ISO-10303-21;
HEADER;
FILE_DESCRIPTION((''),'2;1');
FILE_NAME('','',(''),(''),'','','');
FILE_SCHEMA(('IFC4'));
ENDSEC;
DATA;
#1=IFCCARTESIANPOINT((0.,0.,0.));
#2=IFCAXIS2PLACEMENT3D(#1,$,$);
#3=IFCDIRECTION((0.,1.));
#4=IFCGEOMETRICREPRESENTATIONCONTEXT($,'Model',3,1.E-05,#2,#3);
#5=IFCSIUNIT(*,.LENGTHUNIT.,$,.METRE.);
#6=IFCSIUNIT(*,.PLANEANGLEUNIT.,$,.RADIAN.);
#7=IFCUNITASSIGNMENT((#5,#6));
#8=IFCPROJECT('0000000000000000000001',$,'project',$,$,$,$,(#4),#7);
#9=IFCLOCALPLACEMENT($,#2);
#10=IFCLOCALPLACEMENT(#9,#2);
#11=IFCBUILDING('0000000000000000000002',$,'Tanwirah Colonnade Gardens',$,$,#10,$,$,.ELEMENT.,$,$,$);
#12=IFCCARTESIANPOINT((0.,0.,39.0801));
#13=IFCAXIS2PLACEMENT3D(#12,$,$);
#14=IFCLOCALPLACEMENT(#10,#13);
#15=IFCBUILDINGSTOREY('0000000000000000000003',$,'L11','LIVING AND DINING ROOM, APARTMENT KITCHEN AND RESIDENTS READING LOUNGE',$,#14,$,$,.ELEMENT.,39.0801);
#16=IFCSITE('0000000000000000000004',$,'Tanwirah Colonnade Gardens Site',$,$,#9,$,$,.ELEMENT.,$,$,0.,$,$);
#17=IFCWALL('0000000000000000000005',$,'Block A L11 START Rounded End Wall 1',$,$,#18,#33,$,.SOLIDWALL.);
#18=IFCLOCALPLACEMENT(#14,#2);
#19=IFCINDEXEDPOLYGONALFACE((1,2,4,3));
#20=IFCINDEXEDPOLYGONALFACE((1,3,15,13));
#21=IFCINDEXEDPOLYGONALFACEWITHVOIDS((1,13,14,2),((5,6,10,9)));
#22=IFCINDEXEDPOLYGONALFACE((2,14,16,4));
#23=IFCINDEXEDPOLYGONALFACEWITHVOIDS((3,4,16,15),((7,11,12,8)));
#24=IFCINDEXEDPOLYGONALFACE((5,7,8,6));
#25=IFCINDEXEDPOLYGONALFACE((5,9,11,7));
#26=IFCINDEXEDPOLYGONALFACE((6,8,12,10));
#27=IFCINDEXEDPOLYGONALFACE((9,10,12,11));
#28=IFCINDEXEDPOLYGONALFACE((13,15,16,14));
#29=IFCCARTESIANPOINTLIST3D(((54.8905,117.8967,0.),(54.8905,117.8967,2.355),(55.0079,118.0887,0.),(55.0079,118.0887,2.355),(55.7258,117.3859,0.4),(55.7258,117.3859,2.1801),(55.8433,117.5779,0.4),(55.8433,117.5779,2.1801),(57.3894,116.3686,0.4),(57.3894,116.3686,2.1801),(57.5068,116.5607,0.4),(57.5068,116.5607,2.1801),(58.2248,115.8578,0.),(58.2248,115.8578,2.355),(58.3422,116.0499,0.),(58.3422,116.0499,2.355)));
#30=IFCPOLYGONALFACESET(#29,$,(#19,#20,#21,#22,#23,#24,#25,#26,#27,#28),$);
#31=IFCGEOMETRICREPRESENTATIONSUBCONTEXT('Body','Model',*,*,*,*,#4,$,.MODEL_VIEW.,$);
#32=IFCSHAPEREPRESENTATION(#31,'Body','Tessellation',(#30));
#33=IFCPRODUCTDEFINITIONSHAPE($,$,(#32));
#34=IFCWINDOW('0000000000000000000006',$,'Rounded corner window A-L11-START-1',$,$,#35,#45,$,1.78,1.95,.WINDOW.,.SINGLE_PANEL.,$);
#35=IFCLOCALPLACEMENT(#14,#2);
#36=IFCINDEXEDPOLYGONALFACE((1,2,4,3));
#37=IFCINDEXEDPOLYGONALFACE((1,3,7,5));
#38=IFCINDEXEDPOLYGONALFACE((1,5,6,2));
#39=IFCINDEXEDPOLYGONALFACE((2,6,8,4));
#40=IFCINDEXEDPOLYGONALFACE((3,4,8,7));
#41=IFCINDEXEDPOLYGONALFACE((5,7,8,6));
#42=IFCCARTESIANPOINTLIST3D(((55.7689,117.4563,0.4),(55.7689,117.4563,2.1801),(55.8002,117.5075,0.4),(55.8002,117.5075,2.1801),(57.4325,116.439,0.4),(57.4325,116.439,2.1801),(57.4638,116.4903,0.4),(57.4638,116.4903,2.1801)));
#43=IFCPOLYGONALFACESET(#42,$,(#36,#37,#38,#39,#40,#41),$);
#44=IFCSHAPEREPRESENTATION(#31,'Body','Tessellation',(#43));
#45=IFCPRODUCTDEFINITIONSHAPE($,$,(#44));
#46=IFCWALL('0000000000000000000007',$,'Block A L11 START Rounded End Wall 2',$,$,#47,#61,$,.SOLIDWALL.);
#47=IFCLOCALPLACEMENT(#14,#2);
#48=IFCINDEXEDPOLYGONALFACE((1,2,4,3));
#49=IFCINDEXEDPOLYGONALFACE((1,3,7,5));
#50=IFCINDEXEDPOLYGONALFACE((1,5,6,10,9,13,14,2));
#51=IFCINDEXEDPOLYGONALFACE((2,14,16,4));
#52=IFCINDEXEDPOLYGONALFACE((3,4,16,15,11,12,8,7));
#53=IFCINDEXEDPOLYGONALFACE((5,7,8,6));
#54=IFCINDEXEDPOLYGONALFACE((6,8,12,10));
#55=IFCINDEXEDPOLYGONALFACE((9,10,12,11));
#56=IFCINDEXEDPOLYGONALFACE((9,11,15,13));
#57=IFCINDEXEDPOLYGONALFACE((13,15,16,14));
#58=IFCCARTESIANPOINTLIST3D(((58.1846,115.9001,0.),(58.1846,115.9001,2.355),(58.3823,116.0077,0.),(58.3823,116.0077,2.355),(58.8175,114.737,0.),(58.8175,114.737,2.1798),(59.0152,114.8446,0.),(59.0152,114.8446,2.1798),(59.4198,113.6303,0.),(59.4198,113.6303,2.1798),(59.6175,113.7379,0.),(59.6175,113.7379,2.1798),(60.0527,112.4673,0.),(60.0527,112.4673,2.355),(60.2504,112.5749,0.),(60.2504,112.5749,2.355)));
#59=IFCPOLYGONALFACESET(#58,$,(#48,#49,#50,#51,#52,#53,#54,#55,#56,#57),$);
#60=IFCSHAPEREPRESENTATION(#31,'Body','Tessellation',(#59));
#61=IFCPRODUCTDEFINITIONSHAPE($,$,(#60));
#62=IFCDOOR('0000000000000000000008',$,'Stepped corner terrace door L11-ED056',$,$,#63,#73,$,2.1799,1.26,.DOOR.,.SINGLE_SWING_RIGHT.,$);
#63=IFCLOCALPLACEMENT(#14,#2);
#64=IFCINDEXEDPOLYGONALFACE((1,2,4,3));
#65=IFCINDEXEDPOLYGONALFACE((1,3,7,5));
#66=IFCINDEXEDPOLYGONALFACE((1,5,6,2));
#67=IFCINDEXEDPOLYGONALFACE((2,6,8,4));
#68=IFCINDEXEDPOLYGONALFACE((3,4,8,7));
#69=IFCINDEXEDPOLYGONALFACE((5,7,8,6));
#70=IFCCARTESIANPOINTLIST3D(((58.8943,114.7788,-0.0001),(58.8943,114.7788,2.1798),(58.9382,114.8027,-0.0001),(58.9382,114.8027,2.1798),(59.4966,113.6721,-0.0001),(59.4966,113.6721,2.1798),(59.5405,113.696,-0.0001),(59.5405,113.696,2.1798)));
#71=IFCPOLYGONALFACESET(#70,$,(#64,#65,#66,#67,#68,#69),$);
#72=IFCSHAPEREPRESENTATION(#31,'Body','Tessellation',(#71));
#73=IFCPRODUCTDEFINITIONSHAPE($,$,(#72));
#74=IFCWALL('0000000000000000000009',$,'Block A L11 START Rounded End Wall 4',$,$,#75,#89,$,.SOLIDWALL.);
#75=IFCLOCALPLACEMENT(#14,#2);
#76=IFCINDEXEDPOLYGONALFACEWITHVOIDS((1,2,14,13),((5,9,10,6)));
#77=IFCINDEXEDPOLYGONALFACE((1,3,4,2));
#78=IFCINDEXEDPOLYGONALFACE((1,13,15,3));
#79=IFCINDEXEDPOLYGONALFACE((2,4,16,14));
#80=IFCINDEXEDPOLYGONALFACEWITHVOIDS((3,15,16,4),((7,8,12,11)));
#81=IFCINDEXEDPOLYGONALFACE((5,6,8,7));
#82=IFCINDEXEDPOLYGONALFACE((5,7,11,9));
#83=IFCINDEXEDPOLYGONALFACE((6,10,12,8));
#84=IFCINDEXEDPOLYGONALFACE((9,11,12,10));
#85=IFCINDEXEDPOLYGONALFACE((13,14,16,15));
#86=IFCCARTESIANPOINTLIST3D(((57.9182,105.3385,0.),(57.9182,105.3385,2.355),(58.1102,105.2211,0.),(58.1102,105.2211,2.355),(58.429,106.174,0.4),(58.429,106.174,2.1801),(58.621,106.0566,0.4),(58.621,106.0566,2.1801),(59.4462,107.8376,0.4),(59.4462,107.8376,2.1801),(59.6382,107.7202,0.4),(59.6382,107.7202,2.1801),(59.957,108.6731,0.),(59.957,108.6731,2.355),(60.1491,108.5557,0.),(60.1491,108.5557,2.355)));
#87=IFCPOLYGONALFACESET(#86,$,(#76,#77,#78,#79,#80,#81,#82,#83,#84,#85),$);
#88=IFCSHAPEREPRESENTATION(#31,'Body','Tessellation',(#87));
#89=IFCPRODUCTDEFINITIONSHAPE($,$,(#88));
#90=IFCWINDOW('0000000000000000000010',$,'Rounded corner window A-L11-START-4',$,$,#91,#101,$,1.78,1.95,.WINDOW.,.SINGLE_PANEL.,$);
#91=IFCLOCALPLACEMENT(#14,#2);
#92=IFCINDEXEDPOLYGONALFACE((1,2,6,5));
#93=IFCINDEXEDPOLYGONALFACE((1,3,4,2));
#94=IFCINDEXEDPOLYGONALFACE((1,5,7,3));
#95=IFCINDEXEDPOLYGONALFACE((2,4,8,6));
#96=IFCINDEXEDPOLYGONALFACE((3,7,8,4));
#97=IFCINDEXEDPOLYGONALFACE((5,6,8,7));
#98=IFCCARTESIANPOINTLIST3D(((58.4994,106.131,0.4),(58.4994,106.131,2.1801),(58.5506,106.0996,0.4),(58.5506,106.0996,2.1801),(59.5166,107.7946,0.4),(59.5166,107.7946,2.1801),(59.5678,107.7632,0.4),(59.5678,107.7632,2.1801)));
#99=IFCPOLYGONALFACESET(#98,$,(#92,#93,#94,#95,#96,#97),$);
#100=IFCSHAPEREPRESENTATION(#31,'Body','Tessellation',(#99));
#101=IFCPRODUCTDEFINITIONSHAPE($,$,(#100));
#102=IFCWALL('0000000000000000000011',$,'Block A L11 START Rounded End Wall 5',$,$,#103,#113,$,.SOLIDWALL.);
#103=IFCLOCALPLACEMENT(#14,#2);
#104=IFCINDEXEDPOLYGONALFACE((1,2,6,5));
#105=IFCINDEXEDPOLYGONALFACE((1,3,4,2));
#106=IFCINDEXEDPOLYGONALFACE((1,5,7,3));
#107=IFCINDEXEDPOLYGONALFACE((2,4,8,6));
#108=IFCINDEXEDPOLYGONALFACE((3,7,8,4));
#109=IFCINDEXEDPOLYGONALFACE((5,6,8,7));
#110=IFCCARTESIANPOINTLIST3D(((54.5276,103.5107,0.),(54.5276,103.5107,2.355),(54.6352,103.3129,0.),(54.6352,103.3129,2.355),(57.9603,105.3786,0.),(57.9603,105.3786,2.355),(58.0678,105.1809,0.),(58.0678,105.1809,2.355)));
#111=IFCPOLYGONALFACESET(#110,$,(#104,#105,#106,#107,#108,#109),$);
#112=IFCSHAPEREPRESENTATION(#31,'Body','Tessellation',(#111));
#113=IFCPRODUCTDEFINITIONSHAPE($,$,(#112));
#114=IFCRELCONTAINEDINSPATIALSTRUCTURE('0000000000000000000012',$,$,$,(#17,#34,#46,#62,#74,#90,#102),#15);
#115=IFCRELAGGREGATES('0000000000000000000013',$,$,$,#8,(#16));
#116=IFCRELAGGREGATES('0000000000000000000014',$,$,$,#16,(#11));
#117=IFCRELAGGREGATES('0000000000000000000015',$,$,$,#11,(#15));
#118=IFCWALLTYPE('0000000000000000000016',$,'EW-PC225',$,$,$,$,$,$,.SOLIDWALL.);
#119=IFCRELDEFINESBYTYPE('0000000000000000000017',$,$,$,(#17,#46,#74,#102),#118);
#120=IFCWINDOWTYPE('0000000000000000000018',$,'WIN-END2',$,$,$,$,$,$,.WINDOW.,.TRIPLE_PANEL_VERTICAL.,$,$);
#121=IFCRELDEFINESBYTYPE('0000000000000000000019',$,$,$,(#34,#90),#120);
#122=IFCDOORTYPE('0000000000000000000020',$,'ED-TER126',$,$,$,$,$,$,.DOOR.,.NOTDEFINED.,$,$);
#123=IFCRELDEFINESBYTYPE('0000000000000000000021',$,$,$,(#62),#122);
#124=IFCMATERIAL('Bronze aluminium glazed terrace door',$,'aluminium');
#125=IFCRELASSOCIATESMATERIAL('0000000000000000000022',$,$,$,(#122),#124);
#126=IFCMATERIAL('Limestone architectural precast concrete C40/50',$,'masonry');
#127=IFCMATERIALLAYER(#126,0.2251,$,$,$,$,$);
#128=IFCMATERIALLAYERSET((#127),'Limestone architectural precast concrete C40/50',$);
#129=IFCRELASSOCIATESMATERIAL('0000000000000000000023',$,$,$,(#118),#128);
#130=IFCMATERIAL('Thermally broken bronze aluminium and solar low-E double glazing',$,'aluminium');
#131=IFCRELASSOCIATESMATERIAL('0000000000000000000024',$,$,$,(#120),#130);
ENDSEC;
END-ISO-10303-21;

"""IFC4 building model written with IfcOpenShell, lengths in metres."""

from ifc_helpers import new_model, si_unit, direction, frame, frame_2d, origin, place, context, subcontext, project, spatial, rectangle, extrude, material, layer, layer_set, type_object, element, fill, save


model = new_model("IFC4")

# Units and contexts
model_context = context("Model", 3, precision=1e-05, world=origin(), true_north=direction((0.0, 1.0)))
body_context = subcontext(model_context, "Body", "Model", "MODEL_VIEW")
ifc_project = project(units=[si_unit("LENGTHUNIT", "METRE"), si_unit("PLANEANGLEUNIT", "RADIAN")], contexts=[model_context])

# Site, building, storey
site_placement = place(None, origin())
site = spatial("IfcSite", under=ifc_project, at=site_placement, Name="Tanwirah Colonnade Gardens Site", CompositionType="ELEMENT", RefElevation=0.0)
building_placement = place(site_placement, origin())
building = spatial("IfcBuilding", under=site, at=building_placement, Name="Tanwirah Colonnade Gardens", CompositionType="ELEMENT")
storey_placement = place(building_placement, frame((0.0, 0.0, 39.0801)))
storey = spatial("IfcBuildingStorey", under=building, at=storey_placement, Name="L11", Description="LIVING AND DINING ROOM, APARTMENT KITCHEN AND RESIDENTS READING LOUNGE", CompositionType="ELEMENT", Elevation=39.0801)

# Shared definitions
ifc_material_1 = material(Name="Limestone architectural precast concrete C40/50", Category="masonry")

# Shared definitions
ifc_material_2 = material(Name="Bronze aluminium glazed terrace door", Category="aluminium")
door_type = type_object("IfcDoorType", Name="ED-TER126", OperationType="NOTDEFINED", PredefinedType="DOOR", material=ifc_material_2)

# Wall, opening, window
ifc_material_3 = material(Name="Thermally broken bronze aluminium and solar low-E double glazing", Category="aluminium")
ifc_layer_1 = layer(ifc_material_1, 0.2251)
ifc_layer_set_1 = layer_set([ifc_layer_1], Name="Limestone architectural precast concrete C40/50")
wall_type_1 = type_object("IfcWallType", Name="EW-PC225", PredefinedType="SOLIDWALL", material=ifc_layer_set_1)
wall_1_placement = place(storey_placement, frame((54.9492, 117.9927, 0.0), z_axis=(0.0, 0.0, 1.0), x_axis=(0.853141, -0.52168, 0.0)))
wall_1 = element("IfcWall", 1, at=wall_1_placement, inside=storey, type_object=wall_type_1, Name="Block A L11 START Rounded End Wall 1", PredefinedType="SOLIDWALL", context=body_context, shape_type="SweptSolid", body=[
    extrude(rectangle(XDim=3.9082, YDim=0.2251, at=frame_2d((1.9541, 0.0))), origin(), (0.0, 0.0, 1.0), 2.355),
])
opening_1_placement = place(wall_1_placement, frame((0.979, 0.0, 0.3999)))
opening_1 = element("IfcOpeningElement", 2, at=opening_1_placement, cuts=wall_1, PredefinedType="OPENING", context=body_context, shape_type="SweptSolid", body=[
    extrude(rectangle(XDim=1.95, YDim=1.78, at=frame_2d((0.9751, 0.8901))), frame((0.0, 0.1226, 0.0), z_axis=(0.0, -1.0, 0.0), x_axis=(1.0, 0.0, 0.0)), (0.0, 0.0, 1.0), 0.2451),
])
window_type_1 = type_object("IfcWindowType", Name="WIN-END2", PartitioningType="TRIPLE_PANEL_VERTICAL", PredefinedType="WINDOW", material=ifc_material_3)
window_1_placement = place(opening_1_placement, origin())
window_1 = element("IfcWindow", 3, at=window_1_placement, inside=storey, type_object=window_type_1, Name="Rounded corner window A-L11-START-1", OverallHeight=1.78, OverallWidth=1.95, PartitioningType="SINGLE_PANEL", PredefinedType="WINDOW", context=body_context, shape_type="SweptSolid", body=[
    extrude(rectangle(XDim=1.95, YDim=1.78, at=frame_2d((0.9751, 0.8901))), frame((0.0, 0.03, 0.0), z_axis=(0.0, -1.0, 0.0), x_axis=(1.0, 0.0, 0.0)), (0.0, 0.0, 1.0), 0.0601),
])
fill(opening_1, window_1)

# Wall, opening, door
wall_2_placement = place(storey_placement, frame((58.2834, 115.9539, 0.0), z_axis=(0.0, 0.0, 1.0), x_axis=(0.478003, -0.878358, 0.0)))
wall_2 = element("IfcWall", 4, at=wall_2_placement, inside=storey, type_object=wall_type_1, Name="Block A L11 START Rounded End Wall 2", PredefinedType="SOLIDWALL", context=body_context, shape_type="SweptSolid", body=[
    extrude(rectangle(XDim=3.9082, YDim=0.2251, at=frame_2d((1.9541, 0.0))), origin(), (0.0, 0.0, 1.0), 2.355),
])
opening_2_placement = place(wall_2_placement, frame((1.3242, 0.0, 0.0)))
opening_2 = element("IfcOpeningElement", 5, at=opening_2_placement, cuts=wall_2, PredefinedType="OPENING", context=body_context, shape_type="SweptSolid", body=[
    extrude(rectangle(XDim=1.26, YDim=2.1799, at=frame_2d((0.6299, 1.0898))), frame((0.0, 0.1226, 0.0), z_axis=(0.0, -1.0, 0.0), x_axis=(1.0, 0.0, 0.0)), (0.0, 0.0, 1.0), 0.2451),
])
door_1_placement = place(opening_2_placement, origin())
door_1 = element("IfcDoor", 6, at=door_1_placement, inside=storey, type_object=door_type, Name="Stepped corner terrace door L11-ED056", OperationType="SINGLE_SWING_RIGHT", OverallHeight=2.1799, OverallWidth=1.26, PredefinedType="DOOR", context=body_context, shape_type="SweptSolid", body=[
    extrude(rectangle(XDim=1.26, YDim=2.1799, at=frame_2d((0.6299, 1.0898))), frame((0.0, 0.0249, 0.0), z_axis=(0.0, -1.0, 0.0), x_axis=(1.0, 0.0, 0.0)), (0.0, 0.0, 1.0), 0.05),
])
fill(opening_2, door_1)

# Wall, opening, window
wall_3_placement = place(storey_placement, frame((60.053, 108.6143, 0.0), z_axis=(0.0, 0.0, 1.0), x_axis=(-0.521652, -0.853158, 0.0)))
wall_3 = element("IfcWall", 7, at=wall_3_placement, inside=storey, type_object=wall_type_1, Name="Block A L11 START Rounded End Wall 4", PredefinedType="SOLIDWALL", context=body_context, shape_type="SweptSolid", body=[
    extrude(rectangle(XDim=3.9084, YDim=0.2251, at=frame_2d((1.9541, 0.0))), origin(), (0.0, 0.0, 1.0), 2.355),
])
opening_3_placement = place(wall_3_placement, frame((0.979, 0.0, 0.3999)))
opening_3 = element("IfcOpeningElement", 8, at=opening_3_placement, cuts=wall_3, PredefinedType="OPENING", context=body_context, shape_type="SweptSolid", body=[
    extrude(rectangle(XDim=1.95, YDim=1.78, at=frame_2d((0.9751, 0.8901))), frame((0.0, 0.1226, 0.0), z_axis=(0.0, -1.0, 0.0), x_axis=(1.0, 0.0, 0.0)), (0.0, 0.0, 1.0), 0.2451),
])
window_2_placement = place(opening_3_placement, origin())
window_2 = element("IfcWindow", 9, at=window_2_placement, inside=storey, type_object=window_type_1, Name="Rounded corner window A-L11-START-4", OverallHeight=1.78, OverallWidth=1.95, PartitioningType="SINGLE_PANEL", PredefinedType="WINDOW", context=body_context, shape_type="SweptSolid", body=[
    extrude(rectangle(XDim=1.95, YDim=1.78, at=frame_2d((0.9751, 0.8901))), frame((0.0, 0.03, 0.0), z_axis=(0.0, -1.0, 0.0), x_axis=(1.0, 0.0, 0.0)), (0.0, 0.0, 1.0), 0.0601),
])
fill(opening_3, window_2)

# Wall
wall_4_placement = place(storey_placement, frame((58.0142, 105.2798, 0.0), z_axis=(0.0, 0.0, 1.0), x_axis=(-0.87837, -0.477981, 0.0)))
element("IfcWall", 10, at=wall_4_placement, inside=storey, type_object=wall_type_1, Name="Block A L11 START Rounded End Wall 5", PredefinedType="SOLIDWALL", context=body_context, shape_type="SweptSolid", body=[
    extrude(rectangle(XDim=3.908, YDim=0.2251, at=frame_2d((1.9541, 0.0))), origin(), (0.0, 0.0, 1.0), 2.355),
])

save(model, "model.ifc")
